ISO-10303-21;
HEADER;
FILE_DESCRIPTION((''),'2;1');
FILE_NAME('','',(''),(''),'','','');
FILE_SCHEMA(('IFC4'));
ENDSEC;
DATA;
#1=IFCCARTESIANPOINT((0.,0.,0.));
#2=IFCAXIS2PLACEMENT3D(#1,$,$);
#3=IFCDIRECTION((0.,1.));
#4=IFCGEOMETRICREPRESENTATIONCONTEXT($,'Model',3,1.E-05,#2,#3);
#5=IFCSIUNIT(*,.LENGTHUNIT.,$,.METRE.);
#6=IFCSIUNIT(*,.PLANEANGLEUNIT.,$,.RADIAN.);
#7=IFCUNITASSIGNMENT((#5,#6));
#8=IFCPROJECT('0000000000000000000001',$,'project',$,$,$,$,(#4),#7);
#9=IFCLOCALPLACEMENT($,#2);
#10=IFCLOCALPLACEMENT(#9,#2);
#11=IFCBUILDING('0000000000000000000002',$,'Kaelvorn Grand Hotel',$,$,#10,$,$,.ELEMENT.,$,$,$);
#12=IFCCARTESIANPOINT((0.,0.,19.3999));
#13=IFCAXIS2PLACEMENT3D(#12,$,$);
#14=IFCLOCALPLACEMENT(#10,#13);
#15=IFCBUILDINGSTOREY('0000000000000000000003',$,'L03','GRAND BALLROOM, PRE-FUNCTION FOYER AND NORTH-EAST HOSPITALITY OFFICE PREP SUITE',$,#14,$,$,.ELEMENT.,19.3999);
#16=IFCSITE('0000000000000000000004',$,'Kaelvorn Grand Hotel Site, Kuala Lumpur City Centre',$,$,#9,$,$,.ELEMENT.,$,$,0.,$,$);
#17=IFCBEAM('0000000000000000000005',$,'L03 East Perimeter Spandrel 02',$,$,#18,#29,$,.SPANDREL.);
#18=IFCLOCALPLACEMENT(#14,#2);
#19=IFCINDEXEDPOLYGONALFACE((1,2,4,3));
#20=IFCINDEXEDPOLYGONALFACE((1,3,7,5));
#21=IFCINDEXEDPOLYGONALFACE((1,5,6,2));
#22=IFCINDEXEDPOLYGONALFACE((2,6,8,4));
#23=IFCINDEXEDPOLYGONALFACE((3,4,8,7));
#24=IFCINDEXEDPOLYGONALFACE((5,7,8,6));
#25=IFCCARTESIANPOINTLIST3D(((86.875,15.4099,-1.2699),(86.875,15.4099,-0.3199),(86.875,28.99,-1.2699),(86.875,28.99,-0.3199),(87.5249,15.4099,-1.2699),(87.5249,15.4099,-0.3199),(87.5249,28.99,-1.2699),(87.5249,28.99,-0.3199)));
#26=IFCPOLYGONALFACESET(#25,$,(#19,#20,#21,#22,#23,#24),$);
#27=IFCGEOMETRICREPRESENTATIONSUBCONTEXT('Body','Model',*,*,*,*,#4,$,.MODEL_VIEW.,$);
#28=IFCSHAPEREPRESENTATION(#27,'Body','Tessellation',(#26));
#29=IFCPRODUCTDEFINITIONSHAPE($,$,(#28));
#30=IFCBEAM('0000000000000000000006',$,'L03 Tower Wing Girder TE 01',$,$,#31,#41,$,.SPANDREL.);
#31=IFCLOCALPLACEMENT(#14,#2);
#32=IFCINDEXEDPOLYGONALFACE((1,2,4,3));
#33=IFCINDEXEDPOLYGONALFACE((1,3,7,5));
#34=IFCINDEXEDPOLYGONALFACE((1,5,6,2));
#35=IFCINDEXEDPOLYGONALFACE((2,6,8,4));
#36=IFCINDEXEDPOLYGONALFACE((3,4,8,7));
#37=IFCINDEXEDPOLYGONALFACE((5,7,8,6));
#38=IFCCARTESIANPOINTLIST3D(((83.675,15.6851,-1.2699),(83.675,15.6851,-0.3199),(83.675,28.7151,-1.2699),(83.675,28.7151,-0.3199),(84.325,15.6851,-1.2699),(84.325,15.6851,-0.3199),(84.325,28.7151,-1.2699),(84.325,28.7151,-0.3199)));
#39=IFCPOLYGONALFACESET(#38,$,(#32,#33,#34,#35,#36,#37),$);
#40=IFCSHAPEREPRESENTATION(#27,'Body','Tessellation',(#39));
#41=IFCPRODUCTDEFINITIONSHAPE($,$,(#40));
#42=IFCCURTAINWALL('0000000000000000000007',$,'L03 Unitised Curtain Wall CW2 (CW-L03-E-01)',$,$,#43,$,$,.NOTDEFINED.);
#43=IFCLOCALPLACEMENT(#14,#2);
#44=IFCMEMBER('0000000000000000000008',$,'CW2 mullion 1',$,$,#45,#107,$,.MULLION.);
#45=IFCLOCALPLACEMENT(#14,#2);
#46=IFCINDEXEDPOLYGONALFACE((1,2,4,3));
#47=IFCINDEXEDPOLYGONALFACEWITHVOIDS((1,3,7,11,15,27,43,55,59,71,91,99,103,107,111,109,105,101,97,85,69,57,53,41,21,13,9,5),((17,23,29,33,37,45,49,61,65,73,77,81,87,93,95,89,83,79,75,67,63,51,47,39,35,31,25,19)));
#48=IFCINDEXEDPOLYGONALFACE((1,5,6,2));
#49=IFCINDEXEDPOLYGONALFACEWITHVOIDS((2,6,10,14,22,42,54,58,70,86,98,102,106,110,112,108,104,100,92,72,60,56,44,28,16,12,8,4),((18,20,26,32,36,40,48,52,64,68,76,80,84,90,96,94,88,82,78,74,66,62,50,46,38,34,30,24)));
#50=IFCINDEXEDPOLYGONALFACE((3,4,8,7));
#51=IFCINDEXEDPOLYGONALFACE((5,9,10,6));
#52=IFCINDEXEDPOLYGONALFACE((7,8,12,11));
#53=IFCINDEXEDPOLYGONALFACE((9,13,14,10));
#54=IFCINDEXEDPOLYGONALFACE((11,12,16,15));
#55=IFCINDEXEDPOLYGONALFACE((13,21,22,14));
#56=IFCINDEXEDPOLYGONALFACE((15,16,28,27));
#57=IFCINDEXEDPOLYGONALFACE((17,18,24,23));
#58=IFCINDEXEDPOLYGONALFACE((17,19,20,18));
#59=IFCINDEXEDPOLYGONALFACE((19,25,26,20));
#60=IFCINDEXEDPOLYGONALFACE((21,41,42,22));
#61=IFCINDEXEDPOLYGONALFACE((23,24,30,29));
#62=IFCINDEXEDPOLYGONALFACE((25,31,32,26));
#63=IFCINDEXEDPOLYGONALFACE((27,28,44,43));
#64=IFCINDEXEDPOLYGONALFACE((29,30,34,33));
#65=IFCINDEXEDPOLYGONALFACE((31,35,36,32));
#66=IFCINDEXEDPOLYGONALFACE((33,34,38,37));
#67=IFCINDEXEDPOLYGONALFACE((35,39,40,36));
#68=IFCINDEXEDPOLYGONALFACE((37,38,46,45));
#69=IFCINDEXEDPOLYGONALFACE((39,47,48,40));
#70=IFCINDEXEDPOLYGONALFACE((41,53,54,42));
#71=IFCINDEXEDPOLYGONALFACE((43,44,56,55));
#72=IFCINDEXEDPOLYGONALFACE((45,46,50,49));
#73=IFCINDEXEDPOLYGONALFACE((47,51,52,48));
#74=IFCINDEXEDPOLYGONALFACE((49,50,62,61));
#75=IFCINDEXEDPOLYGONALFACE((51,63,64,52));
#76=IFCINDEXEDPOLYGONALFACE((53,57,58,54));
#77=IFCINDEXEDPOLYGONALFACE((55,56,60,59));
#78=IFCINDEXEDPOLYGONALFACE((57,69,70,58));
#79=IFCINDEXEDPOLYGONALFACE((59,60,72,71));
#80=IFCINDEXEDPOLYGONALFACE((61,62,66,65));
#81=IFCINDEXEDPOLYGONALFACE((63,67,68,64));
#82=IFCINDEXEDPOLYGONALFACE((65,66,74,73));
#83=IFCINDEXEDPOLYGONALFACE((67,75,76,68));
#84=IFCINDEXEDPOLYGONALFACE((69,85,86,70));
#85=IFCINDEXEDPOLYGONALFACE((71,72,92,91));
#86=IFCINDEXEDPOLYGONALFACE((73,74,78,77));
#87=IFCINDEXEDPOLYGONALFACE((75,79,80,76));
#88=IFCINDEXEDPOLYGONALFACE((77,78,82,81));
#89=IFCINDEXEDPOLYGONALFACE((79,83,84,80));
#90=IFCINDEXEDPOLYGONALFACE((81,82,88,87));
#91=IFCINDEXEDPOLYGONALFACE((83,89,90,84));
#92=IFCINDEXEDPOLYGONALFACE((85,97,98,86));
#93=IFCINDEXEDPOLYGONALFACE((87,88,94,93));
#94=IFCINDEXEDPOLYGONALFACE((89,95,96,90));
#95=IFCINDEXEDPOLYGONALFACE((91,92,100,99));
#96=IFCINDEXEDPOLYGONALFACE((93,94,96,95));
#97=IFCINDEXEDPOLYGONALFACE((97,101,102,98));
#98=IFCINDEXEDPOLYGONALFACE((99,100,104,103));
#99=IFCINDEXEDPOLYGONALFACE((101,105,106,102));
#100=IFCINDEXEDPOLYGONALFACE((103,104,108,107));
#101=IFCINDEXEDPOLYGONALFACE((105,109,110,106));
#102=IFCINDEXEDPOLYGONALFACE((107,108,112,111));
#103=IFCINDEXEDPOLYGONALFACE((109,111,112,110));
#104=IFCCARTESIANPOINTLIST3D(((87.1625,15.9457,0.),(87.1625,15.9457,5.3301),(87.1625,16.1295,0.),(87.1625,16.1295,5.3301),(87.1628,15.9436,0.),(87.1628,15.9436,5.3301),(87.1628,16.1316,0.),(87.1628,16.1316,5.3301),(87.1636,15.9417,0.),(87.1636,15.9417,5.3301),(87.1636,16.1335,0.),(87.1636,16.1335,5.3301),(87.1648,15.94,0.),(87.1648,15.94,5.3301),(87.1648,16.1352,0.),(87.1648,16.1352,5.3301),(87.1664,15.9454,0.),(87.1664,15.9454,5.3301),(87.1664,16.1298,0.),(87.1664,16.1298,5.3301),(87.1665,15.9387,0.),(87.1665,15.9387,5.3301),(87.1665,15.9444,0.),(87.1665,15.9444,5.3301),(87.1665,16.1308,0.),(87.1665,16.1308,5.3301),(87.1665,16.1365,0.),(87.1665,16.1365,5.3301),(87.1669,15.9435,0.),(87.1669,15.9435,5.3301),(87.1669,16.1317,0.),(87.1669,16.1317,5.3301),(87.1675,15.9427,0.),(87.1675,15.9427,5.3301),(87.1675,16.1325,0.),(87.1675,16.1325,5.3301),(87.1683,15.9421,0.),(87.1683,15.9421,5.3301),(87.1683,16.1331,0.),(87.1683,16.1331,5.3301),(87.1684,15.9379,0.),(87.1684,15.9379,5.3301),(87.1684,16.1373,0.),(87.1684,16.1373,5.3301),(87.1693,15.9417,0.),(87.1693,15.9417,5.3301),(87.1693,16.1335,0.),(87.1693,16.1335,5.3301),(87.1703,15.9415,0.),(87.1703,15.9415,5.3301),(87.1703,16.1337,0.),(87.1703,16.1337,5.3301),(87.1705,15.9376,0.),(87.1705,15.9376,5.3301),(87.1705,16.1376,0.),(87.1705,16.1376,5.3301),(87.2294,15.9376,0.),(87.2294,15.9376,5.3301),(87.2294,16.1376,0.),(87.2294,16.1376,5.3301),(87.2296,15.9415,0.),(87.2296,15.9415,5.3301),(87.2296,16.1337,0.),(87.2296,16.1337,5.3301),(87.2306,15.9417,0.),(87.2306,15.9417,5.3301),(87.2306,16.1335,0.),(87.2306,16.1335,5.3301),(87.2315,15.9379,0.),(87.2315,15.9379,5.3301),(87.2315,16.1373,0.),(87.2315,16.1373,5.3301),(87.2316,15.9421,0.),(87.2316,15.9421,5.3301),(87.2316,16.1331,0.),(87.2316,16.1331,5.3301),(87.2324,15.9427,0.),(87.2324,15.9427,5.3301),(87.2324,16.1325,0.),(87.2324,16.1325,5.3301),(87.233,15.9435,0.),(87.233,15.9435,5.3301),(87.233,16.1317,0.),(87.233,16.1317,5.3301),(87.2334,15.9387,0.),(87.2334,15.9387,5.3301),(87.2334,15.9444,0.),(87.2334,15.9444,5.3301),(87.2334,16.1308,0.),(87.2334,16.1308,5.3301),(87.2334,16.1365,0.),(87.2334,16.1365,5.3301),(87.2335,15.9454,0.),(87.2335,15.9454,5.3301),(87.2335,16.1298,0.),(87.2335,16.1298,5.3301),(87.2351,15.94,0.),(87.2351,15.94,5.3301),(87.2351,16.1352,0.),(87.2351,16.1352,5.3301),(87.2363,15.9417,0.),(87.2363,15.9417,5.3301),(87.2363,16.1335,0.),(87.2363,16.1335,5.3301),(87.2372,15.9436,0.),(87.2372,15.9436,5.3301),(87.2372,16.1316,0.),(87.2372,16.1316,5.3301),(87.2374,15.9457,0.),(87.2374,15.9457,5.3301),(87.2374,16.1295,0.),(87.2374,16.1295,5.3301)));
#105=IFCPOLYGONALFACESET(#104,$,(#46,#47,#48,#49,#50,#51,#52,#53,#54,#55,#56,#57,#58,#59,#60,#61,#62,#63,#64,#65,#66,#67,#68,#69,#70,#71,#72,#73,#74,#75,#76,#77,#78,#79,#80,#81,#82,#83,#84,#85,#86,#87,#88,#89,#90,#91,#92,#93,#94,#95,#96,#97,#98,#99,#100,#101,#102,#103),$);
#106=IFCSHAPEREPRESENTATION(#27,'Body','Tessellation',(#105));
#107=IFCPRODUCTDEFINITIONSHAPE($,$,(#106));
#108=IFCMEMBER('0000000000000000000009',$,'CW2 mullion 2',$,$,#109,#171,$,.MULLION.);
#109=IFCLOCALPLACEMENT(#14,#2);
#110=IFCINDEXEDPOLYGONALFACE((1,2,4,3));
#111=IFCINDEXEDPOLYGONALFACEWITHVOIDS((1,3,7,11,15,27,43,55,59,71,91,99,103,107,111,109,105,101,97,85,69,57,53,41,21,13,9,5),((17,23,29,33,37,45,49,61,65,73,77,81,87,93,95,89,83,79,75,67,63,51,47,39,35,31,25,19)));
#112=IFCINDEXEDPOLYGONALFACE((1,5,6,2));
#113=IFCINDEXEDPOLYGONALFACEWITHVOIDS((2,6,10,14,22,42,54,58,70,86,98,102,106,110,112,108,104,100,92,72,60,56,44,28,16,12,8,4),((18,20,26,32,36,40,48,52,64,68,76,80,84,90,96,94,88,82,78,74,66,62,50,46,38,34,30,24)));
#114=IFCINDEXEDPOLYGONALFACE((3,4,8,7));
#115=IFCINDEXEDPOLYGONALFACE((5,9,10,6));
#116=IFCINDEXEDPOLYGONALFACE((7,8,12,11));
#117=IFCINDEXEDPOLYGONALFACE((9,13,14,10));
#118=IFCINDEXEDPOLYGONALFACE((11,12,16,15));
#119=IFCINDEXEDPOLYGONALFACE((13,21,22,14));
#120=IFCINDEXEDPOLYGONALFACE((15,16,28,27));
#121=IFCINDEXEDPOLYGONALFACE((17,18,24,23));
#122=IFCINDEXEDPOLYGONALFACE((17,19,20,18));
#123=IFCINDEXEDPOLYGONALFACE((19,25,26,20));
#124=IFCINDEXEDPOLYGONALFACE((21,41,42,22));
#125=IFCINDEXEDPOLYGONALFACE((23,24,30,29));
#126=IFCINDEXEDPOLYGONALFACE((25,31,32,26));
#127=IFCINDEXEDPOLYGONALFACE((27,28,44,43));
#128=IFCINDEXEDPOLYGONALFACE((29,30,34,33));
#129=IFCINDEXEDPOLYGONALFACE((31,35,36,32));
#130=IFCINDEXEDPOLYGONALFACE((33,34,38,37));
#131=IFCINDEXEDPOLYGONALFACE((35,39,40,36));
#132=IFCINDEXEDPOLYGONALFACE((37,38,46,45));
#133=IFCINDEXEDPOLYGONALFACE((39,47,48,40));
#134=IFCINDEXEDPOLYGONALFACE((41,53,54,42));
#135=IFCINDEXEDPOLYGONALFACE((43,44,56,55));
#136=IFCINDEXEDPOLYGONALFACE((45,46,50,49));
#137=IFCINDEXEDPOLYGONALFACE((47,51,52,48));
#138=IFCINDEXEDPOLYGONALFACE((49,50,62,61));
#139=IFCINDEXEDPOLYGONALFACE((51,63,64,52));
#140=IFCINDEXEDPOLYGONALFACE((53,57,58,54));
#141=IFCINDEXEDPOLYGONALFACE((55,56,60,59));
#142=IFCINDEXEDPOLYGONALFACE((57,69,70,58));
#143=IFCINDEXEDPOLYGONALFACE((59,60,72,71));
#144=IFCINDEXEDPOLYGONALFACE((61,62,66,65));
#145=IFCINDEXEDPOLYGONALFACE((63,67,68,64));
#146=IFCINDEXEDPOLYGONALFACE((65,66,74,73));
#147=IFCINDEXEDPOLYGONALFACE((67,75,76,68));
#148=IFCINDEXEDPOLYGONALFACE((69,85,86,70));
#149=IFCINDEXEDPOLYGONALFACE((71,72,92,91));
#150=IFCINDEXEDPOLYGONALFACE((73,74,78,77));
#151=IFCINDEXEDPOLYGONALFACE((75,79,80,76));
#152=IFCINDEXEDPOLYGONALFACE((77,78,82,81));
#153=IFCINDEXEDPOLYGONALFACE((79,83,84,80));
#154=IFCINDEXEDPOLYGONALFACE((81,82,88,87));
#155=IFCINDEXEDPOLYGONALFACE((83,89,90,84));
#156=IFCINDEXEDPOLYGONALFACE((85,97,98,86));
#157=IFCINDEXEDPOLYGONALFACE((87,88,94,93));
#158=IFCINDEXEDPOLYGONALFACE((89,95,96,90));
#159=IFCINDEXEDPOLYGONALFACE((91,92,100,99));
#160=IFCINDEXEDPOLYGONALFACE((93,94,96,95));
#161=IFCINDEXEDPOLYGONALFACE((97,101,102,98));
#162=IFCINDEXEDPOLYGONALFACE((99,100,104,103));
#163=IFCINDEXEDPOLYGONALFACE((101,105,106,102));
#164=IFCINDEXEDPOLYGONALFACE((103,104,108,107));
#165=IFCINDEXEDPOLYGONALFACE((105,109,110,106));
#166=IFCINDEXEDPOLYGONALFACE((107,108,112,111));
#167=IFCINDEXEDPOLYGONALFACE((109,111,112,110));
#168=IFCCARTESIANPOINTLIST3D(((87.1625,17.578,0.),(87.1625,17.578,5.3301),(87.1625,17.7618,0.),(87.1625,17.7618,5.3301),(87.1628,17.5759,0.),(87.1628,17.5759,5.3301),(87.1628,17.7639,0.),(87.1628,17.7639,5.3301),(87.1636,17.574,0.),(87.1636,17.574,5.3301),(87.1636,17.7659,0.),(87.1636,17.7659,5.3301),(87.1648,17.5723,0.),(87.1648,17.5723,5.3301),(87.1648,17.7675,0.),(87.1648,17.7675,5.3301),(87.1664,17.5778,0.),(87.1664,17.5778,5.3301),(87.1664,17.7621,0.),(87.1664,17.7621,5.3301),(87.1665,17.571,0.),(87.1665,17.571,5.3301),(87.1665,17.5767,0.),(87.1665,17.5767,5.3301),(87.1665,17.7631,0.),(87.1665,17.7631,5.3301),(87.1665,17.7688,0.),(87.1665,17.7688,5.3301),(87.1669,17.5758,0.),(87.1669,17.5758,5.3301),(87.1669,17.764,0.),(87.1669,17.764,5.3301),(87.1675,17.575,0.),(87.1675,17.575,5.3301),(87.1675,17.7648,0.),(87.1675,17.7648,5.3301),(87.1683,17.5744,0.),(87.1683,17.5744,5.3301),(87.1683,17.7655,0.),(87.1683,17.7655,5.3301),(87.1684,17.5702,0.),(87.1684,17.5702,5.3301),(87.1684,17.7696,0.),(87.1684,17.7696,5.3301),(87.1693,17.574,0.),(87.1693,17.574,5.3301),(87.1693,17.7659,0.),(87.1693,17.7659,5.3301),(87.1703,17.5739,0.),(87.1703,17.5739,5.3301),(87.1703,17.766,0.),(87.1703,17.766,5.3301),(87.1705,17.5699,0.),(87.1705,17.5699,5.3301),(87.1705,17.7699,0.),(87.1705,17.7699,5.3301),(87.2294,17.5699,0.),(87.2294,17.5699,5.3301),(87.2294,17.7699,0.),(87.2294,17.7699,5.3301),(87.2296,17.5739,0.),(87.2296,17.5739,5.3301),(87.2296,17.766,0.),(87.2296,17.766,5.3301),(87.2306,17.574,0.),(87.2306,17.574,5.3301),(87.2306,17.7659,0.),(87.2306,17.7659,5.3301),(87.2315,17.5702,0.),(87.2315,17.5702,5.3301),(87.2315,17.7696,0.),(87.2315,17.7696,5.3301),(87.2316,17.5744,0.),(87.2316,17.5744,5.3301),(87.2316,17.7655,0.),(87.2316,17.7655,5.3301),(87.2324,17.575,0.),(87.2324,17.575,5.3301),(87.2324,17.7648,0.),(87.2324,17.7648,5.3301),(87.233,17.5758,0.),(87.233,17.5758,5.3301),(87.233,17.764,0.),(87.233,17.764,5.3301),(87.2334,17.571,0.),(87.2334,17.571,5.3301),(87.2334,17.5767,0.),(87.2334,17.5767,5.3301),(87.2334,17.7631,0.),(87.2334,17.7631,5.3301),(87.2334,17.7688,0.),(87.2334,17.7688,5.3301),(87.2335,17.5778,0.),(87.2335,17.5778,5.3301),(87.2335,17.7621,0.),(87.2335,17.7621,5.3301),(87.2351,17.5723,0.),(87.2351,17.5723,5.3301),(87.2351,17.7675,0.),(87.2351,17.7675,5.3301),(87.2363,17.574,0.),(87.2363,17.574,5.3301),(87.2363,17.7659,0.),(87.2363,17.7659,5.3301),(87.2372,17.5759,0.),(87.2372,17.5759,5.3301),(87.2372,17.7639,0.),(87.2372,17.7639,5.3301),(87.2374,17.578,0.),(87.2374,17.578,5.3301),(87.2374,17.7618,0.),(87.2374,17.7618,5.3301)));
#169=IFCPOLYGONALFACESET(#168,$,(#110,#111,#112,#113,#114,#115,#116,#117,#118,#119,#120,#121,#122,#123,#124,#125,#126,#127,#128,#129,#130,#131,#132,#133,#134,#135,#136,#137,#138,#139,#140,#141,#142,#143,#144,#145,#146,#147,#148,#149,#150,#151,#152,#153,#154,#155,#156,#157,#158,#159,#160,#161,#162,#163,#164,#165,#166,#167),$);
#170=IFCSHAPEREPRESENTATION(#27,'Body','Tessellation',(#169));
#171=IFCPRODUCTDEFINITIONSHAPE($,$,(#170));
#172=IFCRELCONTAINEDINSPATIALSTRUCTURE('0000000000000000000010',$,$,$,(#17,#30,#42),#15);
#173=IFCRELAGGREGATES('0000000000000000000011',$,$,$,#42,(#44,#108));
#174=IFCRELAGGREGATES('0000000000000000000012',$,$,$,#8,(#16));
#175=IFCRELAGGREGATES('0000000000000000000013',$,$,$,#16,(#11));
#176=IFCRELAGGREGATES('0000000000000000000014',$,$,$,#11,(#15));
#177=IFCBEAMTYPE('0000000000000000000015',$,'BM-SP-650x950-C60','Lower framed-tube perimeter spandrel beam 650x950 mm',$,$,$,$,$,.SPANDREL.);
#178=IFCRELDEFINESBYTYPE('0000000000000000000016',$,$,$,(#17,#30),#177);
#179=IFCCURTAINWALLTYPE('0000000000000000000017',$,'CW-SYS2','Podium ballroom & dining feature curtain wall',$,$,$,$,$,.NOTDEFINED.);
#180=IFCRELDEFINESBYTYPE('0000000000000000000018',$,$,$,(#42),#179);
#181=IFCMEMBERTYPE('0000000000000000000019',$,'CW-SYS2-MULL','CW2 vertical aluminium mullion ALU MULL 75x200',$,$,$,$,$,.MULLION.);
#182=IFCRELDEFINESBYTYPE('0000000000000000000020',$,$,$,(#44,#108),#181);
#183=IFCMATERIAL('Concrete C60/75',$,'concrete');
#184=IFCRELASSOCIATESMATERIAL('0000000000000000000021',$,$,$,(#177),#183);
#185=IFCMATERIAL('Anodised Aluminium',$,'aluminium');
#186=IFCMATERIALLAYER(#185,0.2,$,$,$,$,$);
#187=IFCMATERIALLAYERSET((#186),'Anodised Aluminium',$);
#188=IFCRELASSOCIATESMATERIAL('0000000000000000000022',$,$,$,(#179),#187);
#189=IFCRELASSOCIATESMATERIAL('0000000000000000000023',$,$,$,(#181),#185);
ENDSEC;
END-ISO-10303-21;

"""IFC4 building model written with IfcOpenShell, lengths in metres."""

from ifc_helpers import new_model, si_unit, direction, frame, origin, origin_2d, place, context, subcontext, project, spatial, rectangle, hollow_rectangle, extrude, material, layer, layer_set, material_profile, profile_set, type_object, element, aggregate, save


model = new_model("IFC4")

# Units and contexts
model_context = context("Model", 3, precision=1e-05, world=origin(), true_north=direction((0.0, 1.0)))
body_context = subcontext(model_context, "Body", "Model", "MODEL_VIEW")
ifc_project = project(units=[si_unit("LENGTHUNIT", "METRE"), si_unit("PLANEANGLEUNIT", "RADIAN")], contexts=[model_context])

# Site, building, storey
site_placement = place(None, origin())
site = spatial("IfcSite", under=ifc_project, at=site_placement, Name="Kaelvorn Grand Hotel Site, Kuala Lumpur City Centre", CompositionType="ELEMENT", RefElevation=0.0)
building_placement = place(site_placement, origin())
building = spatial("IfcBuilding", under=site, at=building_placement, Name="Kaelvorn Grand Hotel", CompositionType="ELEMENT")
storey_placement = place(building_placement, frame((0.0, 0.0, 19.3999)))
storey = spatial("IfcBuildingStorey", under=building, at=storey_placement, Name="L03", Description="GRAND BALLROOM, PRE-FUNCTION FOYER AND NORTH-EAST HOSPITALITY OFFICE PREP SUITE", CompositionType="ELEMENT", Elevation=19.3999)

# Beams
ifc_material_1 = material(Name="Concrete C60/75", Category="concrete")
ifc_material_profile_1 = material_profile(ifc_material_1, rectangle(XDim=0.6499, YDim=0.95, at=origin_2d()), Name="RC SPANDREL 650x950")
ifc_profile_set_1 = profile_set([ifc_material_profile_1], Name="Concrete C60/75")
beam_type_1 = type_object("IfcBeamType", Name="BM-SP-650x950-C60", Description="Lower framed-tube perimeter spandrel beam 650x950 mm", PredefinedType="SPANDREL", material=ifc_profile_set_1)
beam_1_placement = place(storey_placement, frame((87.2, 15.4099, -0.7949), z_axis=(0.0, 1.0, 0.0), x_axis=(-1.0, 0.0, 0.0)))
element("IfcBeam", 1, at=beam_1_placement, inside=storey, type_object=beam_type_1, Name="L03 East Perimeter Spandrel 02", PredefinedType="SPANDREL", context=body_context, shape_type="SweptSolid", body=[
    extrude(rectangle(XDim=0.6499, YDim=0.95, at=origin_2d()), origin(), (0.0, 0.0, 1.0), 13.5801),
])
beam_2_placement = place(storey_placement, frame((84.0, 15.6851, -0.7949), z_axis=(0.0, 1.0, 0.0), x_axis=(-1.0, 0.0, 0.0)))
element("IfcBeam", 2, at=beam_2_placement, inside=storey, type_object=beam_type_1, Name="L03 Tower Wing Girder TE 01", PredefinedType="SPANDREL", context=body_context, shape_type="SweptSolid", body=[
    extrude(rectangle(XDim=0.6499, YDim=0.95, at=origin_2d()), origin(), (0.0, 0.0, 1.0), 13.03),
])

# Curtain wall, members
ifc_material_2 = material(Name="Anodised Aluminium", Category="aluminium")
ifc_layer_1 = layer(ifc_material_2, 0.2)
ifc_layer_set_1 = layer_set([ifc_layer_1], Name="Anodised Aluminium")
curtain_wall_type = type_object("IfcCurtainWallType", Name="CW-SYS2", Description="Podium ballroom & dining feature curtain wall", PredefinedType="NOTDEFINED", material=ifc_layer_set_1)
curtain_wall_placement = place(storey_placement, origin())
curtain_wall = element("IfcCurtainWall", 3, at=curtain_wall_placement, inside=storey, type_object=curtain_wall_type, Name="L03 Unitised Curtain Wall CW2 (CW-L03-E-01)", PredefinedType="NOTDEFINED")
ifc_material_profile_2 = material_profile(ifc_material_2, hollow_rectangle(XDim=0.075, YDim=0.2, WallThickness=0.0039, InnerFilletRadius=0.0039, OuterFilletRadius=0.0081, at=origin_2d()), Name="ALU MULL 75x200")
ifc_profile_set_2 = profile_set([ifc_material_profile_2], Name="Anodised Aluminium")
member_type_1 = type_object("IfcMemberType", Name="CW-SYS2-MULL", Description="CW2 vertical aluminium mullion ALU MULL 75x200", PredefinedType="MULLION", material=ifc_profile_set_2)
member_1_placement = place(storey_placement, frame((87.2, 16.0376, 0.0), z_axis=(0.0, 0.0, 1.0), x_axis=(-1.0, 0.0, 0.0)))
member_1 = element("IfcMember", 4, at=member_1_placement, type_object=member_type_1, Name="CW2 mullion 1", PredefinedType="MULLION", context=body_context, shape_type="SweptSolid", body=[
    extrude(hollow_rectangle(XDim=0.075, YDim=0.2, WallThickness=0.0039, InnerFilletRadius=0.0039, OuterFilletRadius=0.0081, at=origin_2d()), origin(), (0.0, 0.0, 1.0), 5.3301),
])
member_2_placement = place(storey_placement, frame((87.2, 17.6699, 0.0), z_axis=(0.0, 0.0, 1.0), x_axis=(-1.0, 0.0, 0.0)))
member_2 = element("IfcMember", 5, at=member_2_placement, type_object=member_type_1, Name="CW2 mullion 2", PredefinedType="MULLION", context=body_context, shape_type="SweptSolid", body=[
    extrude(hollow_rectangle(XDim=0.075, YDim=0.2, WallThickness=0.0039, InnerFilletRadius=0.0039, OuterFilletRadius=0.0081, at=origin_2d()), origin(), (0.0, 0.0, 1.0), 5.3301),
])
aggregate(curtain_wall, [member_1, member_2])

save(model, "model.ifc")
